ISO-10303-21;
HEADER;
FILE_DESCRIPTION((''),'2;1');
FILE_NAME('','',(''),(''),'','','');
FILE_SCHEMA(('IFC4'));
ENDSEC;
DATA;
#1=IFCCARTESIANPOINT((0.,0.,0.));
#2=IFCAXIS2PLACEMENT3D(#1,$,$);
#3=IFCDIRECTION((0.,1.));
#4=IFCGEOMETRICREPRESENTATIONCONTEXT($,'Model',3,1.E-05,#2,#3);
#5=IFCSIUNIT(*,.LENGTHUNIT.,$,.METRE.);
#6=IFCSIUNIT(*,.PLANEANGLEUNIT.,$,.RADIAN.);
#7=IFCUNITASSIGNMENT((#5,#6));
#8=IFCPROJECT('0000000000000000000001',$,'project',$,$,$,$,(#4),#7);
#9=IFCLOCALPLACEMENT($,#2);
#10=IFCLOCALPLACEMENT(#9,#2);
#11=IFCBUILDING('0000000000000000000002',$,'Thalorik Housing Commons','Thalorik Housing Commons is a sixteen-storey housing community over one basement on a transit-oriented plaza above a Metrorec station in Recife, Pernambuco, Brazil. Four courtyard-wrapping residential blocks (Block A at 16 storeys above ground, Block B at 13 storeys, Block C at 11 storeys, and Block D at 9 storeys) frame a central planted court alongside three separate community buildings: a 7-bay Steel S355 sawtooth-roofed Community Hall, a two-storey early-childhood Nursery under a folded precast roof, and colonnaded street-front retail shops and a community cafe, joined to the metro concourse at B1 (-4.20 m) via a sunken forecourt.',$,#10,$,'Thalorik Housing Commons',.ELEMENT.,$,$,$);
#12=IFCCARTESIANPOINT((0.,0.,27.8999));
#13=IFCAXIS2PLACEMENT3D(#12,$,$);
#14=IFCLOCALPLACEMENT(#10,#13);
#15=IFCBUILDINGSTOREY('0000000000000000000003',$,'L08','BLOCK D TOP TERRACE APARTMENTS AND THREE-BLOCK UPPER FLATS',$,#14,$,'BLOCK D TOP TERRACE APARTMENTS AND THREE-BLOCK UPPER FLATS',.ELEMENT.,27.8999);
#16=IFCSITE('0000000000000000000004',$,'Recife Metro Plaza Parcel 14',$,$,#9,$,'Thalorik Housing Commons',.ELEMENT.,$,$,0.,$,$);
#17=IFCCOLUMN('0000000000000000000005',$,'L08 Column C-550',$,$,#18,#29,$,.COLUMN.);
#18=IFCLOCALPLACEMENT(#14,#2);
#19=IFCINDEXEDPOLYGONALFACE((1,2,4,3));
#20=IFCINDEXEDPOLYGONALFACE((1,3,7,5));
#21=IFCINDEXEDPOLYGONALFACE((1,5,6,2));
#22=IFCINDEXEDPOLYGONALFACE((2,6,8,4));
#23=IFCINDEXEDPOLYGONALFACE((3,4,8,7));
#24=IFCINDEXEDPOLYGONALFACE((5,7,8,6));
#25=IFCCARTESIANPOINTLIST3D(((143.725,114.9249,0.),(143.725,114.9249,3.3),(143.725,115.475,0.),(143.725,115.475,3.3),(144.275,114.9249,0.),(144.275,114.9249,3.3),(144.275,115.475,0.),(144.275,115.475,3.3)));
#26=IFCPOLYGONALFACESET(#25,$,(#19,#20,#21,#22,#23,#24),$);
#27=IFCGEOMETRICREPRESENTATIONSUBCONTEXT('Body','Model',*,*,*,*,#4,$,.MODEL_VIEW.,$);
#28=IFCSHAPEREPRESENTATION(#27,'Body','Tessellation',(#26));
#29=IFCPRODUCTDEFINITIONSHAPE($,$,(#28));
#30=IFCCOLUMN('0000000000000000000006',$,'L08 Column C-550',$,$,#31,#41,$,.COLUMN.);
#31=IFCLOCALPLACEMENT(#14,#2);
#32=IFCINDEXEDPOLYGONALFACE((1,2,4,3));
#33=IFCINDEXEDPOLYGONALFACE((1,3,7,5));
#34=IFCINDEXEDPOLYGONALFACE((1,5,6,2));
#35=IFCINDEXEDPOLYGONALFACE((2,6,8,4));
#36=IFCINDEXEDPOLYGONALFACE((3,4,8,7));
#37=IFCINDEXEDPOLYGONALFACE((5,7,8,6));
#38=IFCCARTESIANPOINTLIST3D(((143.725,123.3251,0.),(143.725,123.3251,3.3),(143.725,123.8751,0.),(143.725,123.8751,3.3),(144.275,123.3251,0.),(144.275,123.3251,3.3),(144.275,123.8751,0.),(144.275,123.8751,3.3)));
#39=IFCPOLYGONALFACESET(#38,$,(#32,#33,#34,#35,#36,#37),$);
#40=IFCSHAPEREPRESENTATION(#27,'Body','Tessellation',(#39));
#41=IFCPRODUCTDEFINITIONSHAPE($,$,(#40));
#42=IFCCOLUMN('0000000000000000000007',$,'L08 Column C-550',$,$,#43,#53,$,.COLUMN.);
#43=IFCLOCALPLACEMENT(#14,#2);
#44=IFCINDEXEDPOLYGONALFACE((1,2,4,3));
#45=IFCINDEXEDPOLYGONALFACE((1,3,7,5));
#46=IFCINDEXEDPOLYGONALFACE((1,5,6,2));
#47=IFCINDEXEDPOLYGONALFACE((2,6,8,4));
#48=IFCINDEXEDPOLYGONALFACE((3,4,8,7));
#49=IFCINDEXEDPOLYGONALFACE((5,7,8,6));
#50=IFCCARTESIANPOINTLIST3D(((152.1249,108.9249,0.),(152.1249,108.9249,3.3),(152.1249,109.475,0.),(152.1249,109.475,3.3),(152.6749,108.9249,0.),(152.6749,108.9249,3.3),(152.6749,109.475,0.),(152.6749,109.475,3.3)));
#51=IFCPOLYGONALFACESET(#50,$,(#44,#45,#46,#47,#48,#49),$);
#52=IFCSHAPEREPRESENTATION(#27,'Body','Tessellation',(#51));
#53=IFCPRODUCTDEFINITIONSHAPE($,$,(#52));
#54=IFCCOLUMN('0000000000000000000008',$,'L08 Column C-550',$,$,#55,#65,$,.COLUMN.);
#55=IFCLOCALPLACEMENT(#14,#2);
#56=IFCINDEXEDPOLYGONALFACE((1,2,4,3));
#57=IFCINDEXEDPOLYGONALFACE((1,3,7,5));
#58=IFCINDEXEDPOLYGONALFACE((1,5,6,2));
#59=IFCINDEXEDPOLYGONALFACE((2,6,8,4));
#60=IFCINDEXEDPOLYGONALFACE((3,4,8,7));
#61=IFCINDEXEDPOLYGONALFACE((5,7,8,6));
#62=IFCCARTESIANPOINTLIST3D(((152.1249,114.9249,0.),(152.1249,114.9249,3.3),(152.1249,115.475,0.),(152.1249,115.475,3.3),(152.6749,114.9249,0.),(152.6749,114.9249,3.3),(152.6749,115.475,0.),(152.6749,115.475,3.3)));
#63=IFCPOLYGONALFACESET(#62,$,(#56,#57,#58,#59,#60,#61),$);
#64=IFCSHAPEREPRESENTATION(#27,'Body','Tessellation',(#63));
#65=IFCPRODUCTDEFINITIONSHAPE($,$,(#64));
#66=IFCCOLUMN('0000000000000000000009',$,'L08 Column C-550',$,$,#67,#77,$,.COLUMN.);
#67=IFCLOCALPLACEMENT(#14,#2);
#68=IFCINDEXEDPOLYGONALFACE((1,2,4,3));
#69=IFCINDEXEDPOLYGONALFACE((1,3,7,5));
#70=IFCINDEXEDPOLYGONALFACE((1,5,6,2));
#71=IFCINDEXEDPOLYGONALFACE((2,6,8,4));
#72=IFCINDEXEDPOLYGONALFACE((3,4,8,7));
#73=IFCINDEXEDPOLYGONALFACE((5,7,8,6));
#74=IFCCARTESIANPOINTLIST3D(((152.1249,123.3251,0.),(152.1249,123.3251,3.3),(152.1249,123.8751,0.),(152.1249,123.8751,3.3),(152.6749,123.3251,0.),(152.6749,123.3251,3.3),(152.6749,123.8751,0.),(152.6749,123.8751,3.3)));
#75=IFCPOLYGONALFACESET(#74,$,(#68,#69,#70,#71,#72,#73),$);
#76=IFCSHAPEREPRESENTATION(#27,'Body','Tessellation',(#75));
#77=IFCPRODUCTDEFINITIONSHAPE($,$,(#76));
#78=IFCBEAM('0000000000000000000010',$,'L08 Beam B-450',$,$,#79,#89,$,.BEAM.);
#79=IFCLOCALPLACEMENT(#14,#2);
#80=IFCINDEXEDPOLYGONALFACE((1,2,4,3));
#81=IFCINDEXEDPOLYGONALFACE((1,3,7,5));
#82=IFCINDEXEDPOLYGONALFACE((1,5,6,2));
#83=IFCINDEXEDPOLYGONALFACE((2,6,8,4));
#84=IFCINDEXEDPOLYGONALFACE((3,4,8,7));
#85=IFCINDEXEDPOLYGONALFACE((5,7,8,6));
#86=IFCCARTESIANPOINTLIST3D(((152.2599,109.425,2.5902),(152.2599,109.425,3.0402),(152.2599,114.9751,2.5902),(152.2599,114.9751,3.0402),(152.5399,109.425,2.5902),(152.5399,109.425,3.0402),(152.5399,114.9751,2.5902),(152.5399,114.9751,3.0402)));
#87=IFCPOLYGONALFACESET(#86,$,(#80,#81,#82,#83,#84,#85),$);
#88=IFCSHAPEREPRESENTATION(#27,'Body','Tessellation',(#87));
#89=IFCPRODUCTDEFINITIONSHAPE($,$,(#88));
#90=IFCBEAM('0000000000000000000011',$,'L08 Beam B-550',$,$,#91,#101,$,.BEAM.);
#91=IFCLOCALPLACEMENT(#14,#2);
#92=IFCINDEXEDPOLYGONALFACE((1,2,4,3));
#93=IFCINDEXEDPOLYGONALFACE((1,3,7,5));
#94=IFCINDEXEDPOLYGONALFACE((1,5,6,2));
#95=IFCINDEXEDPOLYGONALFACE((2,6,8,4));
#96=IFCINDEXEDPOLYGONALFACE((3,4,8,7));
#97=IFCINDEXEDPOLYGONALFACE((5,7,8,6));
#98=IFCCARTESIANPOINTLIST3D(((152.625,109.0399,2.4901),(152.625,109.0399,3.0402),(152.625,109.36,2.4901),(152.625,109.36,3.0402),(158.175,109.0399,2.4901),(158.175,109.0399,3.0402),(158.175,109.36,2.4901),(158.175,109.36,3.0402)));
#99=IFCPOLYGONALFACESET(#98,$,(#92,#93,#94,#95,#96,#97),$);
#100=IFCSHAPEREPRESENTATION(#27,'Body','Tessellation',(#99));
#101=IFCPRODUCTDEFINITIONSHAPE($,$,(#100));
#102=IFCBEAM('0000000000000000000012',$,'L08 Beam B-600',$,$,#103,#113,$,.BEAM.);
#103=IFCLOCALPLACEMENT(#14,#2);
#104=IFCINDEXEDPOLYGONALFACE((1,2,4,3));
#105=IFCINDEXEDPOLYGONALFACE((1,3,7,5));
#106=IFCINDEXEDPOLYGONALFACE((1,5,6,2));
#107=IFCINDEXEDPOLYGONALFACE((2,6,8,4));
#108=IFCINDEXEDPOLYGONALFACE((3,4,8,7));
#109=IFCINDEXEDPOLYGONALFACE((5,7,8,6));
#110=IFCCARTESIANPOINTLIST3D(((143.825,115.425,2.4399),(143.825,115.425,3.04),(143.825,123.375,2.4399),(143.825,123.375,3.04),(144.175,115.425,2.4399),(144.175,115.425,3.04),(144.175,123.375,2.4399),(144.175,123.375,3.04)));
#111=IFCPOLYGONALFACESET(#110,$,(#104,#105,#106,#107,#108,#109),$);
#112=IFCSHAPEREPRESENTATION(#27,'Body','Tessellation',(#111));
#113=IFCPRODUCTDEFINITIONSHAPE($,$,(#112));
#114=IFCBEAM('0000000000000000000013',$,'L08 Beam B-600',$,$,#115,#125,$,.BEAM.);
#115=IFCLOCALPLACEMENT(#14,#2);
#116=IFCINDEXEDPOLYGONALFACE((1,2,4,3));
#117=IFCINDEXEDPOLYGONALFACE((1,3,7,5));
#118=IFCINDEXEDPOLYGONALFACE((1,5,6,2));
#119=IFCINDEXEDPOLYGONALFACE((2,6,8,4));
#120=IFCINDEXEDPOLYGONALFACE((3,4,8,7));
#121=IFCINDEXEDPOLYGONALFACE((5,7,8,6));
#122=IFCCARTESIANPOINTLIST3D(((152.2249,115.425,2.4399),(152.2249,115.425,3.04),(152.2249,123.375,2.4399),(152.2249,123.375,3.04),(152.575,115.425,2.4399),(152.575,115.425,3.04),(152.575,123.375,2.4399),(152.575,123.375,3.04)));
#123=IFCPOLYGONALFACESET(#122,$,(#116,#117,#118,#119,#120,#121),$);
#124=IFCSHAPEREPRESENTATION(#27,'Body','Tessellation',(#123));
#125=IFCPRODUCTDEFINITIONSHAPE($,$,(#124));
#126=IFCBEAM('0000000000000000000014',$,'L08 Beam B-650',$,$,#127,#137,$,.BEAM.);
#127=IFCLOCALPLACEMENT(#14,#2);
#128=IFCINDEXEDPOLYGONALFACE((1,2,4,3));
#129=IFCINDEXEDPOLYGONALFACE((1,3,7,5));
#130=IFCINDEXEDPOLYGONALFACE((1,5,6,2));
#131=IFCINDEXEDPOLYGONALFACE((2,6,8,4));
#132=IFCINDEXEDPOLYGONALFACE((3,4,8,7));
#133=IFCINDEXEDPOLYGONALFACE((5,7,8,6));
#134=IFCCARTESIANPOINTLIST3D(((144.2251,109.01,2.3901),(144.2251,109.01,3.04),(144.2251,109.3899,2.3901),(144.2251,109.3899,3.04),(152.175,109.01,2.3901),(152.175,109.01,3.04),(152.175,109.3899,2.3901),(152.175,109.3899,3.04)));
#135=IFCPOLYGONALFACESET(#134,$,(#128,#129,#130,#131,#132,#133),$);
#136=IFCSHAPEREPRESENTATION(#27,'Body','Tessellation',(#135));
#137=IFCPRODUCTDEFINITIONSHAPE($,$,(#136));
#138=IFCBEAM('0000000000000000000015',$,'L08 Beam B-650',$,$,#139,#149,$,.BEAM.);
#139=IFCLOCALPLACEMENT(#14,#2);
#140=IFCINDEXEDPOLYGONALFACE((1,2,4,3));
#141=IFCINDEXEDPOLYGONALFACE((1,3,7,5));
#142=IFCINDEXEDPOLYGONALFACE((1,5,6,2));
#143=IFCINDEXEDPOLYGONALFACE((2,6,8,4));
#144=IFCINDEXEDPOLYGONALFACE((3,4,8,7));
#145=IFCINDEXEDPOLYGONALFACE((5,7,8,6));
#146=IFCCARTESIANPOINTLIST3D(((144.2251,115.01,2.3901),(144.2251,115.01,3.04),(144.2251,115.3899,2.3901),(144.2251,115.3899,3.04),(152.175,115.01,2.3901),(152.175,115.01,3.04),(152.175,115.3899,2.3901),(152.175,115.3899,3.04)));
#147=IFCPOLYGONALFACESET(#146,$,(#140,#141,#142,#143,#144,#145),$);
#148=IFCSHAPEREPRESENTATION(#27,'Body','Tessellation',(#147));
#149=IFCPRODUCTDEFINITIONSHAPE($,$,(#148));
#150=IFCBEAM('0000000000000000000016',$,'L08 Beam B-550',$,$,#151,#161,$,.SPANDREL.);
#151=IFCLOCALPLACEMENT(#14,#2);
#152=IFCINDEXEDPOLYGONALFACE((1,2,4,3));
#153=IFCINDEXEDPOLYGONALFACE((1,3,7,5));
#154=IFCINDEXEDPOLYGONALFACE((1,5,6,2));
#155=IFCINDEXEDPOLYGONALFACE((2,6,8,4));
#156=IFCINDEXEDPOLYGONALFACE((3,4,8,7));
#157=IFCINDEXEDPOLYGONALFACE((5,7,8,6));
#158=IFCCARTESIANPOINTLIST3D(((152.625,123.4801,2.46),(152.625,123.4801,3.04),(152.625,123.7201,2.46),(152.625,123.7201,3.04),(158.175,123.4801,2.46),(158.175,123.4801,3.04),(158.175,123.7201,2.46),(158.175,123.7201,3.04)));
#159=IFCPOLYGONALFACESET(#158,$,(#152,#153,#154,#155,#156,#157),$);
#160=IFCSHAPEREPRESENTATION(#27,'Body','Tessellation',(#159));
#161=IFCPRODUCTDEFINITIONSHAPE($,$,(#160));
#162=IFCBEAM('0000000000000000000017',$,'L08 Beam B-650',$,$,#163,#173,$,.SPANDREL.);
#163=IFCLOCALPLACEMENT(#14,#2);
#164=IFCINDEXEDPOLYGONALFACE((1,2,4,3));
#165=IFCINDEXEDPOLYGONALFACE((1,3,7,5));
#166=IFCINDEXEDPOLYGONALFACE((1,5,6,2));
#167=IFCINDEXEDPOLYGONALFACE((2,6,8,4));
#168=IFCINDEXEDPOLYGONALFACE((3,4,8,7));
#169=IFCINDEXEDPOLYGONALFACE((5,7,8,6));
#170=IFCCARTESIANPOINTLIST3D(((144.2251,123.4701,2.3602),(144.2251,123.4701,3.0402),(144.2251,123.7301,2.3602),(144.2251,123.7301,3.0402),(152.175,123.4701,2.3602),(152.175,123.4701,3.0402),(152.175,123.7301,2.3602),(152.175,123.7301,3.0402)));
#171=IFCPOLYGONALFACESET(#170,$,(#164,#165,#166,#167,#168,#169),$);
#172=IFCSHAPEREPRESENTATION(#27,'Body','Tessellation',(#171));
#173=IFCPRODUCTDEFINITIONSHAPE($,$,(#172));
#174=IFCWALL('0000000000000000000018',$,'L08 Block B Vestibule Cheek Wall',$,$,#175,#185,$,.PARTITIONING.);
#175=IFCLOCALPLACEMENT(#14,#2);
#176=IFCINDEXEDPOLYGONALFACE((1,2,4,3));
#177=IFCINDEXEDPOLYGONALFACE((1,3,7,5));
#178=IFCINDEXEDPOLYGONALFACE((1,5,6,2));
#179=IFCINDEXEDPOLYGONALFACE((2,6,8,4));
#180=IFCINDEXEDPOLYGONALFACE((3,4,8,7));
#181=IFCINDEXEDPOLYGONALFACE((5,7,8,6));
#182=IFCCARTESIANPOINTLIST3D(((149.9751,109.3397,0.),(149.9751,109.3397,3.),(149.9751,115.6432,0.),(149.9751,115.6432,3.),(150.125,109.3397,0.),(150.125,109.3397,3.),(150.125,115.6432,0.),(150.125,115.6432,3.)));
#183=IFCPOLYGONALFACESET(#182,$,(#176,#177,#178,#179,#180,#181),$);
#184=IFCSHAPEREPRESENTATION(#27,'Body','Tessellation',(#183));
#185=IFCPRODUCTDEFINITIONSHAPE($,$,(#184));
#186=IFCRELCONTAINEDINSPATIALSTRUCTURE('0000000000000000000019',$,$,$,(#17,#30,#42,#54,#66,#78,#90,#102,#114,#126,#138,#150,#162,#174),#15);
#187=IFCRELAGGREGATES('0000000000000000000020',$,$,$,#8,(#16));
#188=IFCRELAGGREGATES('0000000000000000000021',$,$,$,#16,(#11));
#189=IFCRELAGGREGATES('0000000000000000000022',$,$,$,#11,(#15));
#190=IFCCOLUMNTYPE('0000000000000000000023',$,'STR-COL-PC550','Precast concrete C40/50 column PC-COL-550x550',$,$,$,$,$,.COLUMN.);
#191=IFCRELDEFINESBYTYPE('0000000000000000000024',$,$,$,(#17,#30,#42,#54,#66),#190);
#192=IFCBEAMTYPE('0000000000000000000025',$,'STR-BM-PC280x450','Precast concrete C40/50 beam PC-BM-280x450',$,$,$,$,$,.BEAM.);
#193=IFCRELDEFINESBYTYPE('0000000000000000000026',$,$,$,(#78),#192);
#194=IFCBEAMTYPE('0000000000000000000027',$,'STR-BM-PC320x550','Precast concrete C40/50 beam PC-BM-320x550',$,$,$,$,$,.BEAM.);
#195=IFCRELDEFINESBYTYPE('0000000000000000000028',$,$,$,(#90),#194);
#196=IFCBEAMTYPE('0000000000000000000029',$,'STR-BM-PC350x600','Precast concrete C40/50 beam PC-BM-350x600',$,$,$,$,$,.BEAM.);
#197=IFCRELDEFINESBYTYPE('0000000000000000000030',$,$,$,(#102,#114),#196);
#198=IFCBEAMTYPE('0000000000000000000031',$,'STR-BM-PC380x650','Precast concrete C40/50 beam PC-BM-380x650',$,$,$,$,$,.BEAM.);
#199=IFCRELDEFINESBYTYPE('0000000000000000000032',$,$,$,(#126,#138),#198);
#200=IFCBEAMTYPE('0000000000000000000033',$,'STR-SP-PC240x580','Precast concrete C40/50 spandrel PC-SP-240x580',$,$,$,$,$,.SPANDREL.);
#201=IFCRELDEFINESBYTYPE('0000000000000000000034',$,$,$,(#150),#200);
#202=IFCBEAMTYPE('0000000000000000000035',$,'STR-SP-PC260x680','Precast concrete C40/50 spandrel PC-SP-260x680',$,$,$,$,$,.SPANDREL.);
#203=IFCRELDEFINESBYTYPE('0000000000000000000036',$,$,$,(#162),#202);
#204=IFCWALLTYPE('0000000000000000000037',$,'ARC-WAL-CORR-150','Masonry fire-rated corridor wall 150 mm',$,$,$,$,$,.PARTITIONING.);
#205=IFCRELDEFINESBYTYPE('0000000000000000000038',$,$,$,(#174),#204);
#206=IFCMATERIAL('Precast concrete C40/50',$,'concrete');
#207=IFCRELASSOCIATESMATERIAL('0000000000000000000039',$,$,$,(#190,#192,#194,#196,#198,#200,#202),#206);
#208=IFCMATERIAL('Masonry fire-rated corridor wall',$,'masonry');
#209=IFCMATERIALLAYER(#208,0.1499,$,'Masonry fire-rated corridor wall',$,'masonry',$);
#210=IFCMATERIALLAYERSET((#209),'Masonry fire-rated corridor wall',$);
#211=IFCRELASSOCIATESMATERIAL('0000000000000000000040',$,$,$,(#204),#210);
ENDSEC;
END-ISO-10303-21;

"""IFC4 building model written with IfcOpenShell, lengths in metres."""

from ifc_helpers import new_model, si_unit, direction, frame, frame_2d, origin, origin_2d, place, context, subcontext, project, spatial, rectangle, extrude, material, layer, layer_set, material_profile, profile_set, type_object, element, save


model = new_model("IFC4")

# Units and contexts
model_context = context("Model", 3, precision=1e-05, world=origin(), true_north=direction((0.0, 1.0)))
body_context = subcontext(model_context, "Body", "Model", "MODEL_VIEW")
ifc_project = project(units=[si_unit("LENGTHUNIT", "METRE"), si_unit("PLANEANGLEUNIT", "RADIAN")], contexts=[model_context])

# Site, building, storey
site_placement = place(None, origin())
site = spatial("IfcSite", under=ifc_project, at=site_placement, Name="Recife Metro Plaza Parcel 14", LongName="Thalorik Housing Commons", CompositionType="ELEMENT", RefElevation=0.0)
building_placement = place(site_placement, origin())
building = spatial("IfcBuilding", under=site, at=building_placement, Name="Thalorik Housing Commons", Description="Thalorik Housing Commons is a sixteen-storey housing community over one basement on a transit-oriented plaza above a Metrorec station in Recife, Pernambuco, Brazil. Four courtyard-wrapping residential blocks (Block A at 16 storeys above ground, Block B at 13 storeys, Block C at 11 storeys, and Block D at 9 storeys) frame a central planted court alongside three separate community buildings: a 7-bay Steel S355 sawtooth-roofed Community Hall, a two-storey early-childhood Nursery under a folded precast roof, and colonnaded street-front retail shops and a community cafe, joined to the metro concourse at B1 (-4.20 m) via a sunken forecourt.", LongName="Thalorik Housing Commons", CompositionType="ELEMENT")
storey_placement = place(building_placement, frame((0.0, 0.0, 27.8999)))
storey = spatial("IfcBuildingStorey", under=building, at=storey_placement, Name="L08", Description="BLOCK D TOP TERRACE APARTMENTS AND THREE-BLOCK UPPER FLATS", LongName="BLOCK D TOP TERRACE APARTMENTS AND THREE-BLOCK UPPER FLATS", CompositionType="ELEMENT", Elevation=27.8999)

# Columns
ifc_material_1 = material(Name="Precast concrete C40/50", Category="concrete")
ifc_material_profile_1 = material_profile(ifc_material_1, rectangle(XDim=0.55, YDim=0.55, at=origin_2d()), Name="PC 550x550", Category="concrete")
ifc_profile_set_1 = profile_set([ifc_material_profile_1], Name="Precast concrete C40/50")
column_type = type_object("IfcColumnType", Name="STR-COL-PC550", Description="Precast concrete C40/50 column PC-COL-550x550", PredefinedType="COLUMN", material=ifc_profile_set_1)
for number, where, z_axis, x_axis, name in (
    (1, (144.0, 115.2, 0.0), (0.0, 0.0, 1.0), (1.0, 0.0, 0.0), "L08 Column C-550"),
    (2, (144.0, 123.6001, 0.0), (0.0, 0.0, 1.0), (1.0, 0.0, 0.0), "L08 Column C-550"),
    (3, (152.3999, 109.2, 0.0), (0.0, 0.0, 1.0), (1.0, 0.0, 0.0), "L08 Column C-550"),
    (4, (152.3999, 115.2, 0.0), (0.0, 0.0, 1.0), (1.0, 0.0, 0.0), "L08 Column C-550"),
    (5, (152.3999, 123.6001, 0.0), (0.0, 0.0, 1.0), (1.0, 0.0, 0.0), "L08 Column C-550"),
):
    element("IfcColumn", number, at=place(storey_placement, frame(where, z_axis=z_axis, x_axis=x_axis)), inside=storey, type_object=column_type, Name=name, PredefinedType="COLUMN", context=body_context, shape_type="SweptSolid", body=[
        extrude(rectangle(XDim=0.55, YDim=0.55, at=origin_2d()), origin(), (0.0, 0.0, 1.0), 3.3),
    ])

# Beams
ifc_material_profile_2 = material_profile(ifc_material_1, rectangle(XDim=0.28, YDim=0.45, at=origin_2d()), Name="PC 280x450", Category="concrete")
ifc_profile_set_2 = profile_set([ifc_material_profile_2], Name="Precast concrete C40/50")
beam_type_1 = type_object("IfcBeamType", Name="STR-BM-PC280x450", Description="Precast concrete C40/50 beam PC-BM-280x450", PredefinedType="BEAM", material=ifc_profile_set_2)
beam_1_placement = place(storey_placement, frame((152.3999, 109.425, 2.8152), z_axis=(0.0, 1.0, 0.0), x_axis=(-1.0, 0.0, 0.0)))
element("IfcBeam", 6, at=beam_1_placement, inside=storey, type_object=beam_type_1, Name="L08 Beam B-450", PredefinedType="BEAM", context=body_context, shape_type="SweptSolid", body=[
    extrude(rectangle(XDim=0.28, YDim=0.45, at=origin_2d()), origin(), (0.0, 0.0, 1.0), 5.55),
])
ifc_material_profile_3 = material_profile(ifc_material_1, rectangle(XDim=0.3201, YDim=0.55, at=origin_2d()), Name="PC 320x550", Category="concrete")
ifc_profile_set_3 = profile_set([ifc_material_profile_3], Name="Precast concrete C40/50")
beam_type_2 = type_object("IfcBeamType", Name="STR-BM-PC320x550", Description="Precast concrete C40/50 beam PC-BM-320x550", PredefinedType="BEAM", material=ifc_profile_set_3)
beam_2_placement = place(storey_placement, frame((152.625, 109.2, 2.7651), z_axis=(1.0, 0.0, 0.0), x_axis=(0.0, 1.0, 0.0)))
element("IfcBeam", 7, at=beam_2_placement, inside=storey, type_object=beam_type_2, Name="L08 Beam B-550", PredefinedType="BEAM", context=body_context, shape_type="SweptSolid", body=[
    extrude(rectangle(XDim=0.3201, YDim=0.55, at=origin_2d()), origin(), (0.0, 0.0, 1.0), 5.55),
])
ifc_material_profile_4 = material_profile(ifc_material_1, rectangle(XDim=0.3501, YDim=0.6001, at=origin_2d()), Name="PC 350x600", Category="concrete")
ifc_profile_set_4 = profile_set([ifc_material_profile_4], Name="Precast concrete C40/50")
beam_type_3 = type_object("IfcBeamType", Name="STR-BM-PC350x600", Description="Precast concrete C40/50 beam PC-BM-350x600", PredefinedType="BEAM", material=ifc_profile_set_4)
for number, where, z_axis, x_axis, name in (
    (8, (144.0, 115.425, 2.74), (0.0, 1.0, 0.0), (-1.0, 0.0, 0.0), "L08 Beam B-600"),
    (9, (152.3999, 115.425, 2.74), (0.0, 1.0, 0.0), (-1.0, 0.0, 0.0), "L08 Beam B-600"),
):
    element("IfcBeam", number, at=place(storey_placement, frame(where, z_axis=z_axis, x_axis=x_axis)), inside=storey, type_object=beam_type_3, Name=name, PredefinedType="BEAM", context=body_context, shape_type="SweptSolid", body=[
        extrude(rectangle(XDim=0.3501, YDim=0.6001, at=origin_2d()), origin(), (0.0, 0.0, 1.0), 7.95),
    ])
ifc_material_profile_5 = material_profile(ifc_material_1, rectangle(XDim=0.3799, YDim=0.6499, at=origin_2d()), Name="PC 380x650", Category="concrete")
ifc_profile_set_5 = profile_set([ifc_material_profile_5], Name="Precast concrete C40/50")
beam_type_4 = type_object("IfcBeamType", Name="STR-BM-PC380x650", Description="Precast concrete C40/50 beam PC-BM-380x650", PredefinedType="BEAM", material=ifc_profile_set_5)
for number, where, z_axis, x_axis, name in (
    (10, (144.2251, 109.2, 2.7151), (1.0, 0.0, 0.0), (0.0, 1.0, 0.0), "L08 Beam B-650"),
    (11, (144.2251, 115.2, 2.7151), (1.0, 0.0, 0.0), (0.0, 1.0, 0.0), "L08 Beam B-650"),
):
    element("IfcBeam", number, at=place(storey_placement, frame(where, z_axis=z_axis, x_axis=x_axis)), inside=storey, type_object=beam_type_4, Name=name, PredefinedType="BEAM", context=body_context, shape_type="SweptSolid", body=[
        extrude(rectangle(XDim=0.3799, YDim=0.6499, at=origin_2d()), origin(), (0.0, 0.0, 1.0), 7.95),
    ])
ifc_material_profile_6 = material_profile(ifc_material_1, rectangle(XDim=0.24, YDim=0.5801, at=origin_2d()), Name="PC SP 240x580", Category="concrete")
ifc_profile_set_6 = profile_set([ifc_material_profile_6], Name="Precast concrete C40/50")
beam_type_5 = type_object("IfcBeamType", Name="STR-SP-PC240x580", Description="Precast concrete C40/50 spandrel PC-SP-240x580", PredefinedType="SPANDREL", material=ifc_profile_set_6)
beam_3_placement = place(storey_placement, frame((152.625, 123.6001, 2.75), z_axis=(1.0, 0.0, 0.0), x_axis=(0.0, 1.0, 0.0)))
element("IfcBeam", 12, at=beam_3_placement, inside=storey, type_object=beam_type_5, Name="L08 Beam B-550", PredefinedType="SPANDREL", context=body_context, shape_type="SweptSolid", body=[
    extrude(rectangle(XDim=0.24, YDim=0.5801, at=origin_2d()), origin(), (0.0, 0.0, 1.0), 5.55),
])
ifc_material_profile_7 = material_profile(ifc_material_1, rectangle(XDim=0.26, YDim=0.6799, at=origin_2d()), Name="PC SP 260x680", Category="concrete")
ifc_profile_set_7 = profile_set([ifc_material_profile_7], Name="Precast concrete C40/50")
beam_type_6 = type_object("IfcBeamType", Name="STR-SP-PC260x680", Description="Precast concrete C40/50 spandrel PC-SP-260x680", PredefinedType="SPANDREL", material=ifc_profile_set_7)
beam_4_placement = place(storey_placement, frame((144.2251, 123.6001, 2.7002), z_axis=(1.0, 0.0, 0.0), x_axis=(0.0, 1.0, 0.0)))
element("IfcBeam", 13, at=beam_4_placement, inside=storey, type_object=beam_type_6, Name="L08 Beam B-650", PredefinedType="SPANDREL", context=body_context, shape_type="SweptSolid", body=[
    extrude(rectangle(XDim=0.26, YDim=0.6799, at=origin_2d()), origin(), (0.0, 0.0, 1.0), 7.95),
])

# Wall
ifc_material_2 = material(Name="Masonry fire-rated corridor wall", Category="masonry")
ifc_layer_1 = layer(ifc_material_2, 0.1499, Name="Masonry fire-rated corridor wall", Category="masonry")
ifc_layer_set_1 = layer_set([ifc_layer_1], Name="Masonry fire-rated corridor wall")
wall_type_1 = type_object("IfcWallType", Name="ARC-WAL-CORR-150", Description="Masonry fire-rated corridor wall 150 mm", PredefinedType="PARTITIONING", material=ifc_layer_set_1)
wall_1_placement = place(storey_placement, frame((150.05, 109.3396, 0.0), z_axis=(0.0, 0.0, 1.0), x_axis=(0.0, 1.0, 0.0)))
element("IfcWall", 14, at=wall_1_placement, inside=storey, type_object=wall_type_1, Name="L08 Block B Vestibule Cheek Wall", PredefinedType="PARTITIONING", context=body_context, shape_type="SweptSolid", body=[
    extrude(rectangle(XDim=6.3035, YDim=0.1499, at=frame_2d((3.1519, 0.0))), origin(), (0.0, 0.0, 1.0), 3.0),
])

save(model, "model.ifc")
